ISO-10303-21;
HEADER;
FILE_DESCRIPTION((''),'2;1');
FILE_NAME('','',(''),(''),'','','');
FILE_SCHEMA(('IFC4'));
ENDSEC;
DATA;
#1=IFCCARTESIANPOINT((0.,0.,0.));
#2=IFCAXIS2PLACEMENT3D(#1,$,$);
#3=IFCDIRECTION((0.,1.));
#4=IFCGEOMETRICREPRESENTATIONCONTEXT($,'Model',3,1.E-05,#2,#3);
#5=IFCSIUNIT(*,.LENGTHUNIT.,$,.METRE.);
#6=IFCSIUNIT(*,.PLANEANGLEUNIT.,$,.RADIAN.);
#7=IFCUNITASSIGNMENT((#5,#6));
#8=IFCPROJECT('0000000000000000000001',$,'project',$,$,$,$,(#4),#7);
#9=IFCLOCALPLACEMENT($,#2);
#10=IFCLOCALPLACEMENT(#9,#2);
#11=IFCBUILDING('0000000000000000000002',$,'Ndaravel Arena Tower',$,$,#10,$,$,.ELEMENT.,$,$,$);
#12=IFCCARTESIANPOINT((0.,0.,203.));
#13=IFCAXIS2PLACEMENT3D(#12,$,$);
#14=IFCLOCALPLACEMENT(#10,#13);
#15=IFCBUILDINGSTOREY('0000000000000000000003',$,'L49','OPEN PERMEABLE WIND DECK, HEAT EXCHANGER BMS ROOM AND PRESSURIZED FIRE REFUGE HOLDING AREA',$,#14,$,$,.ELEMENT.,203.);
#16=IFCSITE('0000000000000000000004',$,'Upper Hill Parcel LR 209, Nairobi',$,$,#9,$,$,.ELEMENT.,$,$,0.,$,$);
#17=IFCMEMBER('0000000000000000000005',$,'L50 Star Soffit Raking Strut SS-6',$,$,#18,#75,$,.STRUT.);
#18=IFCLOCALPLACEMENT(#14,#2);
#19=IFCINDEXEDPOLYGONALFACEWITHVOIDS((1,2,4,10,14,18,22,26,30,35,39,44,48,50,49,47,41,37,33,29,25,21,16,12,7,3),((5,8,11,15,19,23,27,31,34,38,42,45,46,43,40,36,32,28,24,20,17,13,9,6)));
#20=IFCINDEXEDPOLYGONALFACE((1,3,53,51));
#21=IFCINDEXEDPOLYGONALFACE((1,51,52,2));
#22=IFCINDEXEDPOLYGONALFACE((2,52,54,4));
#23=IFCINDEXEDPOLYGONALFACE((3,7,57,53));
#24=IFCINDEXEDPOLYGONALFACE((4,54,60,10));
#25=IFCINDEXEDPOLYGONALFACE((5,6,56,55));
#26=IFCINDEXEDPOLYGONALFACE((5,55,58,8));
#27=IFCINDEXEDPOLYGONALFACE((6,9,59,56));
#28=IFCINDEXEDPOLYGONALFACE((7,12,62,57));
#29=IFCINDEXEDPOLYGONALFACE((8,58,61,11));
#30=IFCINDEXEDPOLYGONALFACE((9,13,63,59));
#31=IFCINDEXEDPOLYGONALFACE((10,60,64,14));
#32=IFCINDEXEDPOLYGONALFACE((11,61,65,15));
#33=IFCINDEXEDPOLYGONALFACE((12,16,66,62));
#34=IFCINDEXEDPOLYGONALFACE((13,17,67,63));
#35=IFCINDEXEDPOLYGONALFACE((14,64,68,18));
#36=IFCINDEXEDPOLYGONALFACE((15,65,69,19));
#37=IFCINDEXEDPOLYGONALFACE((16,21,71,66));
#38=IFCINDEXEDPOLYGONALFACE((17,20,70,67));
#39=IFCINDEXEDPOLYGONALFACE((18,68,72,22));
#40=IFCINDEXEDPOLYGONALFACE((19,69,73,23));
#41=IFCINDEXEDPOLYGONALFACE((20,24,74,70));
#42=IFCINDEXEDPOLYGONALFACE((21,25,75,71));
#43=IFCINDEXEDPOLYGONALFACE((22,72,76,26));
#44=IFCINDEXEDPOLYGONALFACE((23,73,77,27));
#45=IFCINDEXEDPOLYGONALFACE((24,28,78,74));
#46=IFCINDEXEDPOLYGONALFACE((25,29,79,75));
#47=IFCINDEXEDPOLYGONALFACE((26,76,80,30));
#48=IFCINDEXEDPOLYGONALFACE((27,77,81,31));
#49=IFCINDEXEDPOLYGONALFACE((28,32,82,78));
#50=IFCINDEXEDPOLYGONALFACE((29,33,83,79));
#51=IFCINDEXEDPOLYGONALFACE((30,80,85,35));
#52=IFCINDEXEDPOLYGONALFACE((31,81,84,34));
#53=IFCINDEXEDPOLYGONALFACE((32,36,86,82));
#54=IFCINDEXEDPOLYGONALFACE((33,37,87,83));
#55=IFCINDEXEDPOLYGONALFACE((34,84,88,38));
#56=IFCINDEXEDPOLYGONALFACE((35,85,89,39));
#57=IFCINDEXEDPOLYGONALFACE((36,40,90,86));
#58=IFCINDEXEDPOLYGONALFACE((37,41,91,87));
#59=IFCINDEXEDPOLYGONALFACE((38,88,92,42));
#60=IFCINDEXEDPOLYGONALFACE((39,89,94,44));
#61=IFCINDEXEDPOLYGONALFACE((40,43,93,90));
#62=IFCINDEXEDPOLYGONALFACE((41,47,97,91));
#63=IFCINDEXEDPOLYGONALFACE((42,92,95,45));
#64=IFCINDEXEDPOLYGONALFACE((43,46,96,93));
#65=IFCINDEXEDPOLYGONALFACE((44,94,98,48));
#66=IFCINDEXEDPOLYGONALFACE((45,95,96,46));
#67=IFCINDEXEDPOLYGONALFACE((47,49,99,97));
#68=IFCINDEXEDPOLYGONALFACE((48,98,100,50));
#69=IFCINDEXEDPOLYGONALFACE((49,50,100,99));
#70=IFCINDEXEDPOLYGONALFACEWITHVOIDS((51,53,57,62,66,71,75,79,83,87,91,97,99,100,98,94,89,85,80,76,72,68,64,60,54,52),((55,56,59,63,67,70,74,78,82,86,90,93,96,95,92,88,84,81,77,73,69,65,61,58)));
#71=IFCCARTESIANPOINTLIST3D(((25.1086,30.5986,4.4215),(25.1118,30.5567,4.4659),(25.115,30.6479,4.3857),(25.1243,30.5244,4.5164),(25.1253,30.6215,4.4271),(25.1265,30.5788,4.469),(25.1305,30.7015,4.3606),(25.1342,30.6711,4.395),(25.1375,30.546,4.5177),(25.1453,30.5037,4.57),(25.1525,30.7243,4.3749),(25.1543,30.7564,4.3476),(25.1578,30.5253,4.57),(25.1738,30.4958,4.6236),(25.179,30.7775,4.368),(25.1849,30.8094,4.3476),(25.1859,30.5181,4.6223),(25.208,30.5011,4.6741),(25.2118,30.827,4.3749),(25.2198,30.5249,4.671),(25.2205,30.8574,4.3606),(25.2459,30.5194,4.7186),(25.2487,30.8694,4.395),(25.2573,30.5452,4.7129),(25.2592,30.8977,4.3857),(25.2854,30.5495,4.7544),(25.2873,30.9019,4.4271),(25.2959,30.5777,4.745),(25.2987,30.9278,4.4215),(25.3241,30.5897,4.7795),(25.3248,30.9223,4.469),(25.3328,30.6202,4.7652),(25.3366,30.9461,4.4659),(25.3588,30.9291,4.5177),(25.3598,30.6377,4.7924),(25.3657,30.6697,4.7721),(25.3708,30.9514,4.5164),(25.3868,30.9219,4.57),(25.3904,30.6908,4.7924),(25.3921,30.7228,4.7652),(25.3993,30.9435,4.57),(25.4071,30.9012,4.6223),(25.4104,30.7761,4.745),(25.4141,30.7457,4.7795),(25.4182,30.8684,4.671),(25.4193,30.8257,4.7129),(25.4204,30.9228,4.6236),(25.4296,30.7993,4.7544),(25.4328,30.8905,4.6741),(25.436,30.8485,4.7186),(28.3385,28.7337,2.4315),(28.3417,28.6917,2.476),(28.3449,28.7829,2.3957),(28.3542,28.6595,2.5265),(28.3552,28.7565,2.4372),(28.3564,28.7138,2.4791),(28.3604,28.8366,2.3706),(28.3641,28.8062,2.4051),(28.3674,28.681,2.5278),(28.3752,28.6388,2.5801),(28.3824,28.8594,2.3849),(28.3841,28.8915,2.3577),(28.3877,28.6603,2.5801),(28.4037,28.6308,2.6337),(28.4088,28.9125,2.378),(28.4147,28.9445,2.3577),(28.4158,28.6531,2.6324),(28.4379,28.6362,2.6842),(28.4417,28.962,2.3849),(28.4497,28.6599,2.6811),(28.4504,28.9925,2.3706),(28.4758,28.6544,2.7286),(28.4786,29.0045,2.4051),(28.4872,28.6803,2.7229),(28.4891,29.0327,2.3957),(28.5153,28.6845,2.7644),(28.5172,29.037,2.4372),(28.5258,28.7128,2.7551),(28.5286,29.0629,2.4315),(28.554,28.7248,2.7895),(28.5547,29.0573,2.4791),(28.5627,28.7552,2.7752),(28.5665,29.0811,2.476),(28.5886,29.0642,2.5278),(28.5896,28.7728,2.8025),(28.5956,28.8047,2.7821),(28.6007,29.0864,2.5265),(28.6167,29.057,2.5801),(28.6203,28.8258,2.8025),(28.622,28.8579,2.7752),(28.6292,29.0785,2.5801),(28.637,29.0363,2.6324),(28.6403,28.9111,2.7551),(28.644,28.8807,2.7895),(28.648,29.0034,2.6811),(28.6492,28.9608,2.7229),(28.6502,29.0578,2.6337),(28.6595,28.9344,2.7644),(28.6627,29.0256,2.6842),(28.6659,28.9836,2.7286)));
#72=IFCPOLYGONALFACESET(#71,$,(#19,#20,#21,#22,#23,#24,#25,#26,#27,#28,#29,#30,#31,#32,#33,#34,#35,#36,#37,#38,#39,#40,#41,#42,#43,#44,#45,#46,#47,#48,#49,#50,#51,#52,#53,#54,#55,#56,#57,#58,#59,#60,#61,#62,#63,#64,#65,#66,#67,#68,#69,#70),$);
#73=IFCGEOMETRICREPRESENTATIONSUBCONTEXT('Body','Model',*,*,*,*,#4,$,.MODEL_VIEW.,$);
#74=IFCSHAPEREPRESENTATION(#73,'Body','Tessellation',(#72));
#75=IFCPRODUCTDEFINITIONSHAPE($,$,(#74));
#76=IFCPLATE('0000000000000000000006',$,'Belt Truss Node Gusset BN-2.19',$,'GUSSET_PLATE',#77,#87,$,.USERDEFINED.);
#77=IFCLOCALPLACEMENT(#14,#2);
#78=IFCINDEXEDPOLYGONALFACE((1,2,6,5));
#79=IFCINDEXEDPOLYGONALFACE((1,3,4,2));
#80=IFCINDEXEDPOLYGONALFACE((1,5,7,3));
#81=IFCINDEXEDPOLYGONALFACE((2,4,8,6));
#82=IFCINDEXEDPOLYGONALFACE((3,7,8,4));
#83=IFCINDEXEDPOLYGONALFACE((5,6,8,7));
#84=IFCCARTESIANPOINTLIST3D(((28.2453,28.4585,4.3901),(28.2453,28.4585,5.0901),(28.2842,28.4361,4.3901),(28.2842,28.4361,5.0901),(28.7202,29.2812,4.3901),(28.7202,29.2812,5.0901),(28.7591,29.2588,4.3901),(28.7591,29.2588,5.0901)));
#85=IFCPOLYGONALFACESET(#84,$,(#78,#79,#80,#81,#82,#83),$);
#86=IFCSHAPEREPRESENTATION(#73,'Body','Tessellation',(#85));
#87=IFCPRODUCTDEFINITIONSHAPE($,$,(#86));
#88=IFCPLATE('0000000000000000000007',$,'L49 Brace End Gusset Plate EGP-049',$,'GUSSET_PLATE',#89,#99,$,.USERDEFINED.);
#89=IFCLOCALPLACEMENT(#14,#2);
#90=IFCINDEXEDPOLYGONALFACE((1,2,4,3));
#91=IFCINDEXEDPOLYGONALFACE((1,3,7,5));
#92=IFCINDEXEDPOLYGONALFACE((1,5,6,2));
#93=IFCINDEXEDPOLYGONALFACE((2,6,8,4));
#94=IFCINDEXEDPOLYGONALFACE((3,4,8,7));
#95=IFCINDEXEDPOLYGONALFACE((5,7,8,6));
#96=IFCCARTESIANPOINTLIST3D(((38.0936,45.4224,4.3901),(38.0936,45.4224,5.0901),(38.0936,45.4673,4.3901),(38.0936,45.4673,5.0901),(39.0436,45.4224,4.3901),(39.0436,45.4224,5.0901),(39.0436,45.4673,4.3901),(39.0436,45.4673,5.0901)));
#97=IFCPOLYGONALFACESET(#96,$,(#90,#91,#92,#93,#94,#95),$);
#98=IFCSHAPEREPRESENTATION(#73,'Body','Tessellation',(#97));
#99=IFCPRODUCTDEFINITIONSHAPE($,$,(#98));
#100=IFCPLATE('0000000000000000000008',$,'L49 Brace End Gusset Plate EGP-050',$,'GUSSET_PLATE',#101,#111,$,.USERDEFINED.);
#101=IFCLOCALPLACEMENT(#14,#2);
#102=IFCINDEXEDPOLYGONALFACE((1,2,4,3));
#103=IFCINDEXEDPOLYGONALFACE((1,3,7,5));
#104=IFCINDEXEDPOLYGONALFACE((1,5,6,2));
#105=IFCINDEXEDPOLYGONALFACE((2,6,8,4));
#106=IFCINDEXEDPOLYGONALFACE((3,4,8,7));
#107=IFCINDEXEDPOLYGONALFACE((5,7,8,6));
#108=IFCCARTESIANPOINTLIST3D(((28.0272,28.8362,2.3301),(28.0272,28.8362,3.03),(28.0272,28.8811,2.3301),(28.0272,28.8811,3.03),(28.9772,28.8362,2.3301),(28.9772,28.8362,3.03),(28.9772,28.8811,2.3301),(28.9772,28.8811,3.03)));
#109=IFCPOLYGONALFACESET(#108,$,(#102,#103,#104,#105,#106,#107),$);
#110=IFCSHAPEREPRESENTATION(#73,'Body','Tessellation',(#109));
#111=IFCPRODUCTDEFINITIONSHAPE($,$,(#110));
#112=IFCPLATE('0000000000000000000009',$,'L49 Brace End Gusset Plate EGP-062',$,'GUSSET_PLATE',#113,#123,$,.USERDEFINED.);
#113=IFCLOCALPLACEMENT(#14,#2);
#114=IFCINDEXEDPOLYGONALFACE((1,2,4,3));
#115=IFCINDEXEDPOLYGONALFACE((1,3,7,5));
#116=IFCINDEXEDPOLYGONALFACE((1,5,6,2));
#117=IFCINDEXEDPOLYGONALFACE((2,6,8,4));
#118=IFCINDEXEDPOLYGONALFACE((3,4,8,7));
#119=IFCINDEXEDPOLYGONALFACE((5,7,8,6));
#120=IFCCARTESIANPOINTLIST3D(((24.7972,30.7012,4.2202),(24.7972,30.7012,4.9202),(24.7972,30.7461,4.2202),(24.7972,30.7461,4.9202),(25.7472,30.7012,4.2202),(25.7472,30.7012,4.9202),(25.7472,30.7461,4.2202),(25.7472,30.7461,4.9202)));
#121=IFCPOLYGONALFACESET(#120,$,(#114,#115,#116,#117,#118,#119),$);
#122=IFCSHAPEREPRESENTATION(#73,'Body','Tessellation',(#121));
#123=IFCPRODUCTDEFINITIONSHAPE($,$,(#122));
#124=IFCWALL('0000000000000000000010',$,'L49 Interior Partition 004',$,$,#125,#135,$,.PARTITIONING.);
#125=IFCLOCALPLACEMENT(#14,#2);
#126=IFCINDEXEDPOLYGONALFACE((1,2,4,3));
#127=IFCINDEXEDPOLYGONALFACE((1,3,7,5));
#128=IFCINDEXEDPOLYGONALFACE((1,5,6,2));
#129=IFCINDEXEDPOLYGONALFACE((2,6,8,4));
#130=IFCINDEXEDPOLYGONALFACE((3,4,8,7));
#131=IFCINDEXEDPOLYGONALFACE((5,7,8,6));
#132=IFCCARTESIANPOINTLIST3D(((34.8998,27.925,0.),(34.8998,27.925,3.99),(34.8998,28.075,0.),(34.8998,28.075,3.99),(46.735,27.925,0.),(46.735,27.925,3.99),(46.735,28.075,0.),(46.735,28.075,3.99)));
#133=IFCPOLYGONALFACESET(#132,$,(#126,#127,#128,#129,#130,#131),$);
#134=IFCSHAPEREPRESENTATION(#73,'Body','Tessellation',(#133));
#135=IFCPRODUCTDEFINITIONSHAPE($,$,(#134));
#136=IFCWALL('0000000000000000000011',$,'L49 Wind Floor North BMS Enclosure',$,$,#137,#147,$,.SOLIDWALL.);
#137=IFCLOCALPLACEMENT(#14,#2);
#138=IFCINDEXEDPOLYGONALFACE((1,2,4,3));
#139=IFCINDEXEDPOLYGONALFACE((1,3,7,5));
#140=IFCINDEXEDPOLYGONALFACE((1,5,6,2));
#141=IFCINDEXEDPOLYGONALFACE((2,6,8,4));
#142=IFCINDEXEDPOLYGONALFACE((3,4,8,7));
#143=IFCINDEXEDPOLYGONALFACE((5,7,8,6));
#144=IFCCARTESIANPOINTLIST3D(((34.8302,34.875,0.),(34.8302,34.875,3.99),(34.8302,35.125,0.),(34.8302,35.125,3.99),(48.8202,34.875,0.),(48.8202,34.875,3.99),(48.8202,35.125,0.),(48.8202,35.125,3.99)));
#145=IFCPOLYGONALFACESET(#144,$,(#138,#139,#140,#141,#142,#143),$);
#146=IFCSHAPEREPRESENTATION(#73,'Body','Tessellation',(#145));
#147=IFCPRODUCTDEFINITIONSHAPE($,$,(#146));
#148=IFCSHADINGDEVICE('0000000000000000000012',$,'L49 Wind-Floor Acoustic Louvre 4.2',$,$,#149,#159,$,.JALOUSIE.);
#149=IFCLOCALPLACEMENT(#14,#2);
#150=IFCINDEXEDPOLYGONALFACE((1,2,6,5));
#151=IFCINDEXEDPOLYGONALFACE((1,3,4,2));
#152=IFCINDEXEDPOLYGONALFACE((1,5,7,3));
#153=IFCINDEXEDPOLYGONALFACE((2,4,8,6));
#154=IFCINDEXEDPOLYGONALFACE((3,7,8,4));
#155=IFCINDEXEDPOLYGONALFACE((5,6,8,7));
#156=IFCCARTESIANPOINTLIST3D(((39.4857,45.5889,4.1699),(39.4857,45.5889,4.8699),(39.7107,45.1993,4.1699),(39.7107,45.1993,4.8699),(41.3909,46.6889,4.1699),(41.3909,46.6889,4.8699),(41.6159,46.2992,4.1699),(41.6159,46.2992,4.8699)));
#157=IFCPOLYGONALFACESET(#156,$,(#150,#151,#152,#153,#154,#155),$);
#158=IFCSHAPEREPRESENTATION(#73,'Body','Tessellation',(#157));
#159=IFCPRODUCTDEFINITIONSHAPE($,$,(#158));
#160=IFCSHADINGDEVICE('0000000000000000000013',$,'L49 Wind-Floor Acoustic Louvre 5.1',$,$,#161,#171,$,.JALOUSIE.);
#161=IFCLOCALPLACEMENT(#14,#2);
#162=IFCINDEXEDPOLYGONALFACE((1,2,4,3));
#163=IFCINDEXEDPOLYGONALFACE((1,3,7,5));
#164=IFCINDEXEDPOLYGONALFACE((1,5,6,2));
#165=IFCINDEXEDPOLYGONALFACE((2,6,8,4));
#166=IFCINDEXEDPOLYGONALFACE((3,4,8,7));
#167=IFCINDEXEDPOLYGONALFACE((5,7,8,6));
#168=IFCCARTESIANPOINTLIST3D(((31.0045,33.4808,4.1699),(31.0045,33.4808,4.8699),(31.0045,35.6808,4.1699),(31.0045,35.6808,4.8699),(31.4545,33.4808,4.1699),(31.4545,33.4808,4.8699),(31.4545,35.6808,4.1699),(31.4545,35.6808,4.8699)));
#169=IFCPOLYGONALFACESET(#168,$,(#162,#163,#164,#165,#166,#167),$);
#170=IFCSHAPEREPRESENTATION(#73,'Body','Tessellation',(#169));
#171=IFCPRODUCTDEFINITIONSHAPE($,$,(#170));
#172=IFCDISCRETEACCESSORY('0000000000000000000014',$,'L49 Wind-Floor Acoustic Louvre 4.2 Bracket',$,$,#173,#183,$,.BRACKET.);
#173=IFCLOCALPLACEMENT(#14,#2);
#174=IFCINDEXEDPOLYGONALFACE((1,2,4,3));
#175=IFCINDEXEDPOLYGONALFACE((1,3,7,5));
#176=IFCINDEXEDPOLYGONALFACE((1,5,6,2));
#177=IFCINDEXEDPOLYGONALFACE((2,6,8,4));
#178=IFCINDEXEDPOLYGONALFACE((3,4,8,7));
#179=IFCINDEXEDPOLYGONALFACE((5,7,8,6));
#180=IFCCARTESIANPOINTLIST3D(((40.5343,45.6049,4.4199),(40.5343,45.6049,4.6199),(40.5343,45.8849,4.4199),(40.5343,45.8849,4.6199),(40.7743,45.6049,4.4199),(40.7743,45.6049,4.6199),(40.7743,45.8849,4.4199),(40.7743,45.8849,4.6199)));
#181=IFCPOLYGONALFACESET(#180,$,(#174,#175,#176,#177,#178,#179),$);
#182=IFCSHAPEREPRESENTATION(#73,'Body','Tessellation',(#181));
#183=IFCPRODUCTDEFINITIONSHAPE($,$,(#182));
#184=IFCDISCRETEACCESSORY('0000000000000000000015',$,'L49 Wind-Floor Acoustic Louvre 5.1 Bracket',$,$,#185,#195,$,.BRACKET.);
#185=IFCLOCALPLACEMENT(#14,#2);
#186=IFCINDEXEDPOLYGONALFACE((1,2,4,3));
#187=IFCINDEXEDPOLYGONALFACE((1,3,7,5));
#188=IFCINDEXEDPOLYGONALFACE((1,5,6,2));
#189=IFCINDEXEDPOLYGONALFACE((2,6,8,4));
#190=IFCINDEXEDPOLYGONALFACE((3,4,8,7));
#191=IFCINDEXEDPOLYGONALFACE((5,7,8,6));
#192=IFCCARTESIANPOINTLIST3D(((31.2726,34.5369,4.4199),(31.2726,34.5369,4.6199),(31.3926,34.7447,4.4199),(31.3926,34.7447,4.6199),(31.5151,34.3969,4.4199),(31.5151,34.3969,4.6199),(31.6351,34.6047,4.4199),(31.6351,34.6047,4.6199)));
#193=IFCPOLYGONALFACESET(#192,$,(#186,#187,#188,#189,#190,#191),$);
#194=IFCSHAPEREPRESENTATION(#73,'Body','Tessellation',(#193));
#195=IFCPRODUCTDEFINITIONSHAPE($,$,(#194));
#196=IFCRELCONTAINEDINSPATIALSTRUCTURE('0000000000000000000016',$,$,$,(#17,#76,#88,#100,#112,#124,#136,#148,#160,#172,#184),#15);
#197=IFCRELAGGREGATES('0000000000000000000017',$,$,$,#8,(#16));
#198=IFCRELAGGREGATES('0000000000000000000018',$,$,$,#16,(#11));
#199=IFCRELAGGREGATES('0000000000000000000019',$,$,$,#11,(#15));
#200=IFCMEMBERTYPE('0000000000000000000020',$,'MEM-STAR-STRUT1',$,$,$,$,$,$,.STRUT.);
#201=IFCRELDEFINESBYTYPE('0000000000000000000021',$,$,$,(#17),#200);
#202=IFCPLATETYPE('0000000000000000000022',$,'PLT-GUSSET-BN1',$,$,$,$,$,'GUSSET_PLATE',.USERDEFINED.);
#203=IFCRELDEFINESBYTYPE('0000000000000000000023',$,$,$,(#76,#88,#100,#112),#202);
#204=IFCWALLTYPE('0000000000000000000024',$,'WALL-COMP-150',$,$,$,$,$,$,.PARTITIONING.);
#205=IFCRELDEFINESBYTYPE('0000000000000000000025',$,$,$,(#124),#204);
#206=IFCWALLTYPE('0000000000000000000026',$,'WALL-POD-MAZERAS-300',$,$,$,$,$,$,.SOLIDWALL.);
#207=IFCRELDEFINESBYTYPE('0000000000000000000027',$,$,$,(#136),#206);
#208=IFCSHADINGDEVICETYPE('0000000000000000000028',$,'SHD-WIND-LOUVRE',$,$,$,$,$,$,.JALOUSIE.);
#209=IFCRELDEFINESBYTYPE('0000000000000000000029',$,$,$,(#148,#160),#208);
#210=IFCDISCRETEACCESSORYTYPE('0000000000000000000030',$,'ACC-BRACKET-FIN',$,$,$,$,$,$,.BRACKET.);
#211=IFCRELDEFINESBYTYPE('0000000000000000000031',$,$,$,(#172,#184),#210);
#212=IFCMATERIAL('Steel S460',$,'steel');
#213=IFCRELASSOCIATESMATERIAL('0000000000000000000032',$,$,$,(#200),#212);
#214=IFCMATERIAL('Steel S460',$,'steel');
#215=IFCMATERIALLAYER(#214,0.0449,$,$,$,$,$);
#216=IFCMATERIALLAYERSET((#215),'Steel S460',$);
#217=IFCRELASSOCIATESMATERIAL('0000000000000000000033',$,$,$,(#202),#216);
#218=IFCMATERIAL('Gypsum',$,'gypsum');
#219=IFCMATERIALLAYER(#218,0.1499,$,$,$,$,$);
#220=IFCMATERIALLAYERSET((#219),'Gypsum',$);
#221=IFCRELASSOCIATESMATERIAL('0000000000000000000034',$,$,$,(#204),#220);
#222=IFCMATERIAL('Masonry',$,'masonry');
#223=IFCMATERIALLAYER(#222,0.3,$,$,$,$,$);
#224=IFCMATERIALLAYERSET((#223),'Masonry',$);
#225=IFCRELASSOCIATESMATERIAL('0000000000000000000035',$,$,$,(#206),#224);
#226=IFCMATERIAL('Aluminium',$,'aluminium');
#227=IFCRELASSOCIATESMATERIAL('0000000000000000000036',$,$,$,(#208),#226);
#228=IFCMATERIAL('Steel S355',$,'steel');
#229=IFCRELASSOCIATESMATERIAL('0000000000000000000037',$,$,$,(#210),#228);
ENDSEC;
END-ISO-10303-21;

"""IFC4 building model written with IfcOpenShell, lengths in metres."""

from ifc_helpers import new_model, si_unit, direction, frame, frame_2d, origin, origin_2d, place, context, subcontext, project, spatial, rectangle, hollow_circle, extrude, material, layer, layer_set, material_profile, profile_set, type_object, element, save


model = new_model("IFC4")

# Units and contexts
model_context = context("Model", 3, precision=1e-05, world=origin(), true_north=direction((0.0, 1.0)))
body_context = subcontext(model_context, "Body", "Model", "MODEL_VIEW")
ifc_project = project(units=[si_unit("LENGTHUNIT", "METRE"), si_unit("PLANEANGLEUNIT", "RADIAN")], contexts=[model_context])

# Site, building, storey
site_placement = place(None, origin())
site = spatial("IfcSite", under=ifc_project, at=site_placement, Name="Upper Hill Parcel LR 209, Nairobi", CompositionType="ELEMENT", RefElevation=0.0)
building_placement = place(site_placement, origin())
building = spatial("IfcBuilding", under=site, at=building_placement, Name="Ndaravel Arena Tower", CompositionType="ELEMENT")
storey_placement = place(building_placement, frame((0.0, 0.0, 203.0)))
storey = spatial("IfcBuildingStorey", under=building, at=storey_placement, Name="L49", Description="OPEN PERMEABLE WIND DECK, HEAT EXCHANGER BMS ROOM AND PRESSURIZED FIRE REFUGE HOLDING AREA", CompositionType="ELEMENT", Elevation=203.0)

# Member
ifc_material_1 = material(Name="Steel S460", Category="steel")
ifc_material_profile_1 = material_profile(ifc_material_1, hollow_circle(Radius=0.2539, WallThickness=0.0249, at=origin_2d()), Name="CHS 508x25")
ifc_profile_set_1 = profile_set([ifc_material_profile_1], Name="Steel S460")
member_type_1 = type_object("IfcMemberType", Name="MEM-STAR-STRUT1", PredefinedType="STRUT", material=ifc_profile_set_1)
member_1_placement = place(storey_placement, frame((28.5022, 28.8586, 2.5801), z_axis=(-0.764056, 0.441166, 0.470735), x_axis=(-0.500032, -0.866007, 0.0)))
element("IfcMember", 1, at=member_1_placement, inside=storey, type_object=member_type_1, Name="L50 Star Soffit Raking Strut SS-6", PredefinedType="STRUT", context=body_context, shape_type="SweptSolid", body=[
    extrude(hollow_circle(Radius=0.2539, WallThickness=0.0249, at=origin_2d()), origin(), (0.0, 0.0, 1.0), 4.2273),
])

# Plates
ifc_material_2 = material(Name="Steel S460", Category="steel")
ifc_layer_1 = layer(ifc_material_2, 0.0449)
ifc_layer_set_1 = layer_set([ifc_layer_1], Name="Steel S460")
plate_type = type_object("IfcPlateType", Name="PLT-GUSSET-BN1", ElementType="GUSSET_PLATE", PredefinedType="USERDEFINED", material=ifc_layer_set_1)
for number, where, z_axis, x_axis, name in (
    (2, (28.5022, 28.8586, 4.3901), (0.0, 0.0, 1.0), (0.5, 0.866025, 0.0), "Belt Truss Node Gusset BN-2.19"),
    (3, (38.5686, 45.4448, 4.3901), (0.0, 0.0, 1.0), (1.0, 0.0, 0.0), "L49 Brace End Gusset Plate EGP-049"),
    (4, (28.5022, 28.8586, 2.3301), (0.0, 0.0, 1.0), (1.0, 0.0, 0.0), "L49 Brace End Gusset Plate EGP-050"),
    (5, (25.2722, 30.7236, 4.2202), (0.0, 0.0, 1.0), (1.0, 0.0, 0.0), "L49 Brace End Gusset Plate EGP-062"),
):
    element("IfcPlate", number, at=place(storey_placement, frame(where, z_axis=z_axis, x_axis=x_axis)), inside=storey, type_object=plate_type, Name=name, ObjectType="GUSSET_PLATE", PredefinedType="USERDEFINED", context=body_context, shape_type="SweptSolid", body=[
        extrude(rectangle(XDim=0.95, YDim=0.0449, at=origin_2d()), origin(), (0.0, 0.0, 1.0), 0.7),
    ])

# Walls
ifc_material_3 = material(Name="Gypsum", Category="gypsum")
ifc_layer_2 = layer(ifc_material_3, 0.1499)
ifc_layer_set_2 = layer_set([ifc_layer_2], Name="Gypsum")
wall_type_1 = type_object("IfcWallType", Name="WALL-COMP-150", PredefinedType="PARTITIONING", material=ifc_layer_set_2)
wall_1_placement = place(storey_placement, frame((34.8999, 28.0, 0.0), z_axis=(0.0, 0.0, 1.0), x_axis=(1.0, 0.0, 0.0)))
element("IfcWall", 6, at=wall_1_placement, inside=storey, type_object=wall_type_1, Name="L49 Interior Partition 004", PredefinedType="PARTITIONING", context=body_context, shape_type="SweptSolid", body=[
    extrude(rectangle(XDim=11.8352, YDim=0.1499, at=frame_2d((5.9175, 0.0))), origin(), (0.0, 0.0, 1.0), 3.99),
])
ifc_material_4 = material(Name="Masonry", Category="masonry")
ifc_layer_3 = layer(ifc_material_4, 0.3)
ifc_layer_set_3 = layer_set([ifc_layer_3], Name="Masonry")
wall_type_2 = type_object("IfcWallType", Name="WALL-POD-MAZERAS-300", PredefinedType="SOLIDWALL", material=ifc_layer_set_3)
wall_2_placement = place(storey_placement, frame((34.8301, 35.0, 0.0), z_axis=(0.0, 0.0, 1.0), x_axis=(1.0, 0.0, 0.0)))
element("IfcWall", 7, at=wall_2_placement, inside=storey, type_object=wall_type_2, Name="L49 Wind Floor North BMS Enclosure", PredefinedType="SOLIDWALL", context=body_context, shape_type="SweptSolid", body=[
    extrude(rectangle(XDim=13.99, YDim=0.25, at=frame_2d((6.9951, 0.0))), origin(), (0.0, 0.0, 1.0), 3.99),
])

# Shading devices
ifc_material_5 = material(Name="Aluminium", Category="aluminium")
shading_device_type = type_object("IfcShadingDeviceType", Name="SHD-WIND-LOUVRE", PredefinedType="JALOUSIE", material=ifc_material_5)
for number, where, z_axis, x_axis, name in (
    (8, (40.5508, 45.9441, 4.1699), (0.0, 0.0, 1.0), (-0.5, 0.866025, 0.0), "L49 Wind-Floor Acoustic Louvre 4.2"),
    (9, (31.2295, 34.5808, 4.1699), (0.0, 0.0, 1.0), (-1.0, 0.0, 0.0), "L49 Wind-Floor Acoustic Louvre 5.1"),
):
    element("IfcShadingDevice", number, at=place(storey_placement, frame(where, z_axis=z_axis, x_axis=x_axis)), inside=storey, type_object=shading_device_type, Name=name, PredefinedType="JALOUSIE", context=body_context, shape_type="SweptSolid", body=[
        extrude(rectangle(XDim=0.45, YDim=2.2, at=origin_2d()), origin(), (0.0, 0.0, 1.0), 0.7),
    ])

# Discrete accessories
ifc_material_6 = material(Name="Steel S355", Category="steel")
discrete_accessory_type = type_object("IfcDiscreteAccessoryType", Name="ACC-BRACKET-FIN", PredefinedType="BRACKET", material=ifc_material_6)
for number, where, z_axis, x_axis, name in (
    (10, (40.6543, 45.7449, 4.4199), (0.0, 0.0, 1.0), (0.0, 1.0, 0.0), "L49 Wind-Floor Acoustic Louvre 4.2 Bracket"),
    (11, (31.4539, 34.5708, 4.4199), (0.0, 0.0, 1.0), (-0.866025, 0.5, 0.0), "L49 Wind-Floor Acoustic Louvre 5.1 Bracket"),
):
    element("IfcDiscreteAccessory", number, at=place(storey_placement, frame(where, z_axis=z_axis, x_axis=x_axis)), inside=storey, type_object=discrete_accessory_type, Name=name, PredefinedType="BRACKET", context=body_context, shape_type="SweptSolid", body=[
        extrude(rectangle(XDim=0.28, YDim=0.24, at=origin_2d()), origin(), (0.0, 0.0, 1.0), 0.2),
    ])

save(model, "model.ifc")
